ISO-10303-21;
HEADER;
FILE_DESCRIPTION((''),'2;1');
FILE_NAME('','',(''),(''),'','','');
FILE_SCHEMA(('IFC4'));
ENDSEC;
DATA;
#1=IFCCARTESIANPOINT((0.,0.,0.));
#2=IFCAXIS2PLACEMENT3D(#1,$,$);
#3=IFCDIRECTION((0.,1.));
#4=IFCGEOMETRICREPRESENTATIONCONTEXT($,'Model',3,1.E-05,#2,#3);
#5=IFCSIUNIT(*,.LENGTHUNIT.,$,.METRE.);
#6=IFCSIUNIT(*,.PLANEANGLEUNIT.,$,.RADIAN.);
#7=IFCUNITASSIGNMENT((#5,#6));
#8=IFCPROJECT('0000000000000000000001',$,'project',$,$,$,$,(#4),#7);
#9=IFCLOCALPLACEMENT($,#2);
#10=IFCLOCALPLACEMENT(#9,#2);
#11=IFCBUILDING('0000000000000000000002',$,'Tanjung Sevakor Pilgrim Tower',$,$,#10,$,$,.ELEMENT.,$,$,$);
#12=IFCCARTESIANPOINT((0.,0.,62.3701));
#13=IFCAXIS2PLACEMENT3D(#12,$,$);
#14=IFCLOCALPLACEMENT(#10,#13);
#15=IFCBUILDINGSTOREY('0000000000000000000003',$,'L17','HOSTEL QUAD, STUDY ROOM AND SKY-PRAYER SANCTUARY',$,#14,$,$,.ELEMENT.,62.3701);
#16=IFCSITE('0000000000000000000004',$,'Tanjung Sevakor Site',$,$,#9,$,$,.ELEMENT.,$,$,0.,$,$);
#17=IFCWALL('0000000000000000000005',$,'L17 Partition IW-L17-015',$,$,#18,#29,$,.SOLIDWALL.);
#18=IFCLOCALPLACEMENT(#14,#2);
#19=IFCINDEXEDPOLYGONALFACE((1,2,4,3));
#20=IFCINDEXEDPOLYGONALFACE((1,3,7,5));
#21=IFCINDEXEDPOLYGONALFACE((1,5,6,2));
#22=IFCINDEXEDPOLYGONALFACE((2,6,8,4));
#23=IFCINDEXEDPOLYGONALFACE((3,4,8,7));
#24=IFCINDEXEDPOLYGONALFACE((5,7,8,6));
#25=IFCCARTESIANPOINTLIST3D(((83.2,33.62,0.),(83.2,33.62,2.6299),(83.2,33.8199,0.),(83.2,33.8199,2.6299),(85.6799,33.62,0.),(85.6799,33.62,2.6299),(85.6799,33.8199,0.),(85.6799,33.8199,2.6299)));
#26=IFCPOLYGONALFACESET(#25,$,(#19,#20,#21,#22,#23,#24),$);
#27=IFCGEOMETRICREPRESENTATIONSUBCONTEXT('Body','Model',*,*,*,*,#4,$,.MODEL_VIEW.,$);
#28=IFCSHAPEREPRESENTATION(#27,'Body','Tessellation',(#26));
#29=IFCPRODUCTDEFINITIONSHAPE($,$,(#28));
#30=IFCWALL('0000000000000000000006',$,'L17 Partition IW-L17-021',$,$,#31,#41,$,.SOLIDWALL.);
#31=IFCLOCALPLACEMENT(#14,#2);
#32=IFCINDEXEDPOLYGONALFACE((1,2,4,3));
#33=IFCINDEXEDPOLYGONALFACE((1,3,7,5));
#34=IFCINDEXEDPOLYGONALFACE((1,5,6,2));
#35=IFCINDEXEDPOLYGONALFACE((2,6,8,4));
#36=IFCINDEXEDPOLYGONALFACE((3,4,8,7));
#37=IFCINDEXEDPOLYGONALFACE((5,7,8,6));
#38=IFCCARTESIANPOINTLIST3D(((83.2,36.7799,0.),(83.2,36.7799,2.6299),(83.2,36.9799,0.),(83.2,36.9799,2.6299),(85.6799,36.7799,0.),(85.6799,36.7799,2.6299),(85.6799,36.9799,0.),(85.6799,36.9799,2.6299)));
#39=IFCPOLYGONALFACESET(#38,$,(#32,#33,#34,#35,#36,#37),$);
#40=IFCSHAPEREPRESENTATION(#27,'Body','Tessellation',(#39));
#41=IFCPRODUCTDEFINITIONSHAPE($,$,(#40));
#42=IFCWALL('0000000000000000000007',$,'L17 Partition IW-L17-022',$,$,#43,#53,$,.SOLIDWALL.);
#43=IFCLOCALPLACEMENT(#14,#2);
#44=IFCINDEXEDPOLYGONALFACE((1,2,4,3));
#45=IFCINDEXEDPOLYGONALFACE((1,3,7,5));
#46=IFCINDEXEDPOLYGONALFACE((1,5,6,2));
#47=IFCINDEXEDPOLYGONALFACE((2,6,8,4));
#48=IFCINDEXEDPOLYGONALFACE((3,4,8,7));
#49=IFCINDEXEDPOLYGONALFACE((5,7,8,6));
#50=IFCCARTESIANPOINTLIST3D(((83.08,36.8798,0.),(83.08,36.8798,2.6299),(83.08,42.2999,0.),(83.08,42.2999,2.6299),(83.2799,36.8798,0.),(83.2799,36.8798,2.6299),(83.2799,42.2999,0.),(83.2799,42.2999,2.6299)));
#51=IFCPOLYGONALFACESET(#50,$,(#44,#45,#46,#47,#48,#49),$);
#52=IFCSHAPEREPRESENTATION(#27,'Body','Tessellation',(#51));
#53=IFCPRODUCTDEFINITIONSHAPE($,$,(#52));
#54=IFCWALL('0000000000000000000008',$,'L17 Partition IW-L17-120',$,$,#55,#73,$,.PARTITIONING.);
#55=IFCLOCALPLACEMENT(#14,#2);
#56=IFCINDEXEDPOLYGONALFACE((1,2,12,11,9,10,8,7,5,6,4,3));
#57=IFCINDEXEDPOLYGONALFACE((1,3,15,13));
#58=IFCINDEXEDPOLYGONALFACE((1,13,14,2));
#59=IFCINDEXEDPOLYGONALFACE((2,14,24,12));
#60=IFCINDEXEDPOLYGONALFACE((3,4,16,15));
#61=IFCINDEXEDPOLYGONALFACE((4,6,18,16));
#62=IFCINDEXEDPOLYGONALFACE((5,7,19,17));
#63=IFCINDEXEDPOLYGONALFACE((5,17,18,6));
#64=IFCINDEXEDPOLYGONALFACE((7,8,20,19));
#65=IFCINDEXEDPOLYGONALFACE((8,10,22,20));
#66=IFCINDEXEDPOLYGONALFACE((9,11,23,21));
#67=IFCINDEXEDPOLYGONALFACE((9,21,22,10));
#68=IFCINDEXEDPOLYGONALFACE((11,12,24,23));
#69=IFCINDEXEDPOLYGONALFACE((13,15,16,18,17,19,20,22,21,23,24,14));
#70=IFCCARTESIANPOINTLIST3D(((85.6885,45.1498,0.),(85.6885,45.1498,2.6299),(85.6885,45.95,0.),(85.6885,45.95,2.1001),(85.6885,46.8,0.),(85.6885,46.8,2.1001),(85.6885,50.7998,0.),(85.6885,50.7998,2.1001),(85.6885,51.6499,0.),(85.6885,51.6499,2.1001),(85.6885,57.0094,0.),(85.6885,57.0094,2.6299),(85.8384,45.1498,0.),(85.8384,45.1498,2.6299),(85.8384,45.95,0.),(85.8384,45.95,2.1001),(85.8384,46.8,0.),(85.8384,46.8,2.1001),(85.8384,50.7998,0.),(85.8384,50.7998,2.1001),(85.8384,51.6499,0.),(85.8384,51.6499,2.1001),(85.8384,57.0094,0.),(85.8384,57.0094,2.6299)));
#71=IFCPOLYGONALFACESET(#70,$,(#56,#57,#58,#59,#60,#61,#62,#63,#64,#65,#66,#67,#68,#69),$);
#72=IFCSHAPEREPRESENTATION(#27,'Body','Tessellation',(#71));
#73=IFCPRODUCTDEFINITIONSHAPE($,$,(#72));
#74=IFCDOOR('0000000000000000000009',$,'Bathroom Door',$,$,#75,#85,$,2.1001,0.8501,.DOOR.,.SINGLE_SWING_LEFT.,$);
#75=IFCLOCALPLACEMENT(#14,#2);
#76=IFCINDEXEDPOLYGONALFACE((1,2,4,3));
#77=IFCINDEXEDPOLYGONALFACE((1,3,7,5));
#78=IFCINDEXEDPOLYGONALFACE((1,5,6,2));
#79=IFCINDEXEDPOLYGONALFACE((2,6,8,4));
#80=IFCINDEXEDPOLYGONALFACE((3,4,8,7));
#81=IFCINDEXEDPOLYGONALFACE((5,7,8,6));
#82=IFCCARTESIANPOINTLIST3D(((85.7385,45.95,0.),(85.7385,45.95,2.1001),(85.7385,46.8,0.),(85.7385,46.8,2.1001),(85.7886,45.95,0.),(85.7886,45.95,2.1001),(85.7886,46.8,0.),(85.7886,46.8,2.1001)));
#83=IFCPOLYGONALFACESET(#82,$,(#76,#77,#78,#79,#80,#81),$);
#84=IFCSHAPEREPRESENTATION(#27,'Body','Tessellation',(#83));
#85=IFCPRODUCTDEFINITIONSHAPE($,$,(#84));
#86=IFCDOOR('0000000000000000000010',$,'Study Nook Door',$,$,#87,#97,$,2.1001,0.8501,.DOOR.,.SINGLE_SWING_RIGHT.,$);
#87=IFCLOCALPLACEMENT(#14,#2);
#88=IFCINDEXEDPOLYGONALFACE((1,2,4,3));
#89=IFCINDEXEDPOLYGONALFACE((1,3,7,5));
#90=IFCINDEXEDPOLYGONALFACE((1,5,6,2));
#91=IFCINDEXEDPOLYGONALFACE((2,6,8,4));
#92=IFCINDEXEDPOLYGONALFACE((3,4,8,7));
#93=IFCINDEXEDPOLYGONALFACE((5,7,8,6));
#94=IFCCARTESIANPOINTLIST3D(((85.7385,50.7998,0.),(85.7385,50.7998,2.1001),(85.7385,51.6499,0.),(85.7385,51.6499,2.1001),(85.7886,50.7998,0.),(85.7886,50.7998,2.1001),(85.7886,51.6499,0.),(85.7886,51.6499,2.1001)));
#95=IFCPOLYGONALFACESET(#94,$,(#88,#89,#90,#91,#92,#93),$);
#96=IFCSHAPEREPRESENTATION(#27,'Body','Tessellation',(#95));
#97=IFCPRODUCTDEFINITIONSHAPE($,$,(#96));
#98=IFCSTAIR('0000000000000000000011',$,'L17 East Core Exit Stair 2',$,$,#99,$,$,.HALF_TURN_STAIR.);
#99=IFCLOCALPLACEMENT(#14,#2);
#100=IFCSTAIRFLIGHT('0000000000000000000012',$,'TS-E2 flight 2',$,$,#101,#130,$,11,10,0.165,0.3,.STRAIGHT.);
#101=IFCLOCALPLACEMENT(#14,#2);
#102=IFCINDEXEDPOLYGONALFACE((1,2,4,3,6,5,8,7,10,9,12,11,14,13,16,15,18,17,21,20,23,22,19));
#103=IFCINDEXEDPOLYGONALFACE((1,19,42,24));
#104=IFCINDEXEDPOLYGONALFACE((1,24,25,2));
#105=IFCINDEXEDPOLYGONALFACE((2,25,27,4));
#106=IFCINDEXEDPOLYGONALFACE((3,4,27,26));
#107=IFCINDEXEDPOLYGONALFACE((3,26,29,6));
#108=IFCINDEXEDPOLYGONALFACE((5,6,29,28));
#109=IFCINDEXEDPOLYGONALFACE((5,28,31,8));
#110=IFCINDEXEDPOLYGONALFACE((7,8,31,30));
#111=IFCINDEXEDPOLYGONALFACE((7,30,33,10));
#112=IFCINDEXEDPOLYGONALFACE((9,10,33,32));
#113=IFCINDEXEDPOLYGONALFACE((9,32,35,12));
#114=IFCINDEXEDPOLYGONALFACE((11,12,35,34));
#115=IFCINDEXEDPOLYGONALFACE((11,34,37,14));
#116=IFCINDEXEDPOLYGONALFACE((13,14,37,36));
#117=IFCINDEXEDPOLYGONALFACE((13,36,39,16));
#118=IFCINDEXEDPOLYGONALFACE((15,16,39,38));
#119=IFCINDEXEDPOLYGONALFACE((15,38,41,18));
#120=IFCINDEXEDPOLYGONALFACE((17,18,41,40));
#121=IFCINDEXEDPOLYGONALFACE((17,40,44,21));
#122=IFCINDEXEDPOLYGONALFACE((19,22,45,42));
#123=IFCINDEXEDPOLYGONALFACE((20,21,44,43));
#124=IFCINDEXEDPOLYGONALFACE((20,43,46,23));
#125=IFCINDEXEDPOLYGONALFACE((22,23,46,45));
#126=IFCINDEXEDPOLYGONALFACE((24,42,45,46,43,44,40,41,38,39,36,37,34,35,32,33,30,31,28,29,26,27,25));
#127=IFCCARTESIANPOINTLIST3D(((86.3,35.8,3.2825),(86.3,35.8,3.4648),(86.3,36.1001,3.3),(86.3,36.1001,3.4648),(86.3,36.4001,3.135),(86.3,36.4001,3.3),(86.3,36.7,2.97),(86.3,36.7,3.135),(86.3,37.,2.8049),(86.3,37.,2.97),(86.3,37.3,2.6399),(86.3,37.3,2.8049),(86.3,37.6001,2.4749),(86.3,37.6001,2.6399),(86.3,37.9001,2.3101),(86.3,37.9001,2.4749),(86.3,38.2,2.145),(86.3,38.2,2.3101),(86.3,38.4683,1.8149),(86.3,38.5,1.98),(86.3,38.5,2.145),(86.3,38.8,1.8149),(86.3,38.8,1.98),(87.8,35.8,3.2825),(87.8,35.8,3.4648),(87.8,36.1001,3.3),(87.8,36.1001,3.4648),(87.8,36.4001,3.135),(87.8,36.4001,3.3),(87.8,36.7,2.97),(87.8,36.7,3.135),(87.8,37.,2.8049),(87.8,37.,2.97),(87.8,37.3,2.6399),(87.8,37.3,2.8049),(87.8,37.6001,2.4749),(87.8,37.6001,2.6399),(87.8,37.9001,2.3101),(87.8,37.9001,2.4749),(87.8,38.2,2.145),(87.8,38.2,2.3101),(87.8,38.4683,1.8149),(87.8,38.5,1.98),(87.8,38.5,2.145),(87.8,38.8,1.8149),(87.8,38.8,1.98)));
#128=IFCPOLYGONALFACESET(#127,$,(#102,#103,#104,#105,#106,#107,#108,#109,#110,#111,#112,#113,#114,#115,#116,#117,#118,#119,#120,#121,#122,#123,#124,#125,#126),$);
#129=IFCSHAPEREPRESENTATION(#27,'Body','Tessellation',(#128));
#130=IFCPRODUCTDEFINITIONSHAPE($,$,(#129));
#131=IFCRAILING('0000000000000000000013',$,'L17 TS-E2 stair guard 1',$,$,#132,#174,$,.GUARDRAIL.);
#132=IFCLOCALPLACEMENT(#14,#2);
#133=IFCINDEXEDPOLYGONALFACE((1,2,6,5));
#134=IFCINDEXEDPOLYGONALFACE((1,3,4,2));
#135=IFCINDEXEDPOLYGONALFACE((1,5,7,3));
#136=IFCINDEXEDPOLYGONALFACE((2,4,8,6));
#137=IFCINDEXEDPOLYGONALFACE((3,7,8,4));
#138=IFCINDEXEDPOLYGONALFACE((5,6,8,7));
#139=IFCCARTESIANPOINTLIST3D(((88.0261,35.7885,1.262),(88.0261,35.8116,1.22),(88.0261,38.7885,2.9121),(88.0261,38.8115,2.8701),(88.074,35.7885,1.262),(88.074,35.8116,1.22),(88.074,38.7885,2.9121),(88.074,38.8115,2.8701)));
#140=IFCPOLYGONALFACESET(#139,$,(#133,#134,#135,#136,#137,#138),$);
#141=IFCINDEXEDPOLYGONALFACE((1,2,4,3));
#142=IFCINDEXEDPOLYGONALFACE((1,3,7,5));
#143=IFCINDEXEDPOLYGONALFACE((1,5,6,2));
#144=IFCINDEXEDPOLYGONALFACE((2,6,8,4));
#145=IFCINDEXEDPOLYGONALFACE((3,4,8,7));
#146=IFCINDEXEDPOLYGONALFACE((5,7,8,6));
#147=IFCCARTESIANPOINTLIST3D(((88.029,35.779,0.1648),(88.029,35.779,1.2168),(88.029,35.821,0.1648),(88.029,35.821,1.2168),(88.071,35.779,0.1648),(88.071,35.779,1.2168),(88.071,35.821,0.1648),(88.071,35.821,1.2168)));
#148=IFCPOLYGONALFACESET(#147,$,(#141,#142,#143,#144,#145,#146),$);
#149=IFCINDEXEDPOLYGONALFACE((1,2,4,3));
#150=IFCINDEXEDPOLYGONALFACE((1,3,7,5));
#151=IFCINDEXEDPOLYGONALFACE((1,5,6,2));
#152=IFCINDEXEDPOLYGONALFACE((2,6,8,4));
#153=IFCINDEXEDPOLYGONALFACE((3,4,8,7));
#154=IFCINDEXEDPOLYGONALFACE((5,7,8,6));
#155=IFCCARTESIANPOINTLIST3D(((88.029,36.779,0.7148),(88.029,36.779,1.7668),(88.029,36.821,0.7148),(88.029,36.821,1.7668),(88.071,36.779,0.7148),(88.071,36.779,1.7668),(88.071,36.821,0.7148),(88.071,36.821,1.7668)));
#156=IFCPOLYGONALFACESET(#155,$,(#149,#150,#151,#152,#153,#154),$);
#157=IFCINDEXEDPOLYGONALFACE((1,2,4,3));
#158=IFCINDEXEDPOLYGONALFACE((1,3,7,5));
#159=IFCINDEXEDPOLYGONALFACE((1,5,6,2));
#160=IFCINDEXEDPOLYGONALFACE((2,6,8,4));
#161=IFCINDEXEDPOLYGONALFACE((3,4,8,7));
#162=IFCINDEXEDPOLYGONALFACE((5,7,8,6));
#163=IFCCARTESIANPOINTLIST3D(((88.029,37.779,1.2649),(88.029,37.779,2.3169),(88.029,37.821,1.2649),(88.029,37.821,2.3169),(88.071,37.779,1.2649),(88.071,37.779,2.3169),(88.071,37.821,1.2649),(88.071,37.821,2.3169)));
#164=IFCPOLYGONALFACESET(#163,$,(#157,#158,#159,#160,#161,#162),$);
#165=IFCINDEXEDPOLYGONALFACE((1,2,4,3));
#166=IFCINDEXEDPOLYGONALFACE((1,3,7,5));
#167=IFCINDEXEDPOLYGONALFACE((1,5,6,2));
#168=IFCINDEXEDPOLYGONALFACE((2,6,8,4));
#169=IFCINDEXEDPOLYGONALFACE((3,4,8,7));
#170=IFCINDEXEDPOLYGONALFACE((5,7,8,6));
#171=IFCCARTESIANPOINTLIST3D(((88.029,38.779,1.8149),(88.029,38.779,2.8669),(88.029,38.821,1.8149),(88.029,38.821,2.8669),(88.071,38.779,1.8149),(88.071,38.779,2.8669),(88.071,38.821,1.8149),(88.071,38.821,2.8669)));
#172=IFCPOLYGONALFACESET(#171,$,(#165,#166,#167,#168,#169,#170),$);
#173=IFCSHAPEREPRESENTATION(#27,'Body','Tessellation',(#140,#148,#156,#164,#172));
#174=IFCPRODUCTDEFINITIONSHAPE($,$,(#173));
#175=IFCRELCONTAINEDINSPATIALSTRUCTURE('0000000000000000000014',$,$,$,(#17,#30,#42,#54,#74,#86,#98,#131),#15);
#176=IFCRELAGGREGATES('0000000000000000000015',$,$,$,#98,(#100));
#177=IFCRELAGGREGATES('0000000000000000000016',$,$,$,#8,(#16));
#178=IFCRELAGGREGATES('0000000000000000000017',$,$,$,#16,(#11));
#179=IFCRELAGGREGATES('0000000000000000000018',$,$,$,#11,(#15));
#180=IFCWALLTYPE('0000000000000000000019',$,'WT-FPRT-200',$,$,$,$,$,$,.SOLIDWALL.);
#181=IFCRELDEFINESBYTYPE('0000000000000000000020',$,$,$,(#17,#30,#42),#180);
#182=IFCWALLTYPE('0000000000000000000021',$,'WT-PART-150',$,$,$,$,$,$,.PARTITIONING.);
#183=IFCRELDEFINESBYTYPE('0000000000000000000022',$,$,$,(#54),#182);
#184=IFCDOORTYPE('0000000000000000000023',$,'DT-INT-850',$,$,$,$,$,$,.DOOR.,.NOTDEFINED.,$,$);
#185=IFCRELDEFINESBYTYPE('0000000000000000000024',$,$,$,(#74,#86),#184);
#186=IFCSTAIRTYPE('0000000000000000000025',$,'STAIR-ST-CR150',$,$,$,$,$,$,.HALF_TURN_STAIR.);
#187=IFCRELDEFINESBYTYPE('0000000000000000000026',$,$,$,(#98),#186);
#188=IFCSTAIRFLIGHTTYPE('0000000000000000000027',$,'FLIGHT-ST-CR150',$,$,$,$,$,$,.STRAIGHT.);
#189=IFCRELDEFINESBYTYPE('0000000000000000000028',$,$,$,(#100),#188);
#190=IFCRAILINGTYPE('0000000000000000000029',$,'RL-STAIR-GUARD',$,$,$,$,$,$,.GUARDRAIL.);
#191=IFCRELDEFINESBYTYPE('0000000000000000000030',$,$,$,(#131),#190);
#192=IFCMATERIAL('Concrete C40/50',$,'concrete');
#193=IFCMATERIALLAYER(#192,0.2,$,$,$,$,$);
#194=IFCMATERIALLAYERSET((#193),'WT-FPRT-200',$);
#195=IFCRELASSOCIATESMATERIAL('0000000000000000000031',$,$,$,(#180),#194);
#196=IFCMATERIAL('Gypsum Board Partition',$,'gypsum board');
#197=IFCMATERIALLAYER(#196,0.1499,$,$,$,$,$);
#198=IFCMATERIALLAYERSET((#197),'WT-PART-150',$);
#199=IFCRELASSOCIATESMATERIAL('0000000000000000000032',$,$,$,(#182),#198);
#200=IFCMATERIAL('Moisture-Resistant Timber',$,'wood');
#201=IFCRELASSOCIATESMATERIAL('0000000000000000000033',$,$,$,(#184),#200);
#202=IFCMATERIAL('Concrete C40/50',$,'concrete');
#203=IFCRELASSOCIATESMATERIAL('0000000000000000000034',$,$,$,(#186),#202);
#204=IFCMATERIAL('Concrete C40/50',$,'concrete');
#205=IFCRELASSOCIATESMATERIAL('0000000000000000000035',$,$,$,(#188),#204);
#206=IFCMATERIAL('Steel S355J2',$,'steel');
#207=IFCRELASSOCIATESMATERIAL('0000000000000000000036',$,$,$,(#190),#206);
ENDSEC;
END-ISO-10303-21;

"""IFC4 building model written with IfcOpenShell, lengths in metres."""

from ifc_helpers import new_model, si_unit, direction, frame, frame_2d, origin, place, context, subcontext, project, spatial, polyline, rectangle, outline, extrude, material, layer, layer_set, type_object, element, fill, aggregate, save


model = new_model("IFC4")

# Units and contexts
model_context = context("Model", 3, precision=1e-05, world=origin(), true_north=direction((0.0, 1.0)))
body_context = subcontext(model_context, "Body", "Model", "MODEL_VIEW")
ifc_project = project(units=[si_unit("LENGTHUNIT", "METRE"), si_unit("PLANEANGLEUNIT", "RADIAN")], contexts=[model_context])

# Site, building, storey
site_placement = place(None, origin())
site = spatial("IfcSite", under=ifc_project, at=site_placement, Name="Tanjung Sevakor Site", CompositionType="ELEMENT", RefElevation=0.0)
building_placement = place(site_placement, origin())
building = spatial("IfcBuilding", under=site, at=building_placement, Name="Tanjung Sevakor Pilgrim Tower", CompositionType="ELEMENT")
storey_placement = place(building_placement, frame((0.0, 0.0, 62.3701)))
storey = spatial("IfcBuildingStorey", under=building, at=storey_placement, Name="L17", Description="HOSTEL QUAD, STUDY ROOM AND SKY-PRAYER SANCTUARY", CompositionType="ELEMENT", Elevation=62.3701)

# Walls
ifc_material_1 = material(Name="Concrete C40/50", Category="concrete")
ifc_layer_1 = layer(ifc_material_1, 0.2)
ifc_layer_set_1 = layer_set([ifc_layer_1], Name="WT-FPRT-200")
wall_type_1 = type_object("IfcWallType", Name="WT-FPRT-200", PredefinedType="SOLIDWALL", material=ifc_layer_set_1)
for number, where, z_axis, x_axis, name in (
    (1, (83.2, 33.72, 0.0), (0.0, 0.0, 1.0), (1.0, 0.0, 0.0), "L17 Partition IW-L17-015"),
    (2, (83.2, 36.8799, 0.0), (0.0, 0.0, 1.0), (1.0, 0.0, 0.0), "L17 Partition IW-L17-021"),
):
    element("IfcWall", number, at=place(storey_placement, frame(where, z_axis=z_axis, x_axis=x_axis)), inside=storey, type_object=wall_type_1, Name=name, PredefinedType="SOLIDWALL", context=body_context, shape_type="SweptSolid", body=[
        extrude(rectangle(XDim=2.48, YDim=0.2, at=frame_2d((1.24, 0.0))), origin(), (0.0, 0.0, 1.0), 2.6299),
    ])
wall_1_placement = place(storey_placement, frame((83.1799, 36.8799, 0.0), z_axis=(0.0, 0.0, 1.0), x_axis=(0.0, 1.0, 0.0)))
element("IfcWall", 3, at=wall_1_placement, inside=storey, type_object=wall_type_1, Name="L17 Partition IW-L17-022", PredefinedType="SOLIDWALL", context=body_context, shape_type="SweptSolid", body=[
    extrude(rectangle(XDim=5.4202, YDim=0.2, at=frame_2d((2.71, 0.0))), origin(), (0.0, 0.0, 1.0), 2.6299),
])

# Wall, openings, doors
ifc_material_2 = material(Name="Gypsum Board Partition", Category="gypsum board")
ifc_layer_2 = layer(ifc_material_2, 0.1499)
ifc_layer_set_2 = layer_set([ifc_layer_2], Name="WT-PART-150")
wall_type_2 = type_object("IfcWallType", Name="WT-PART-150", PredefinedType="PARTITIONING", material=ifc_layer_set_2)
wall_2_placement = place(storey_placement, frame((85.7634, 45.1499, 0.0), z_axis=(0.0, 0.0, 1.0), x_axis=(0.0, 1.0, 0.0)))
wall_2 = element("IfcWall", 4, at=wall_2_placement, inside=storey, type_object=wall_type_2, Name="L17 Partition IW-L17-120", PredefinedType="PARTITIONING", context=body_context, shape_type="SweptSolid", body=[
    extrude(rectangle(XDim=11.8596, YDim=0.1499, at=frame_2d((5.9297, 0.0))), origin(), (0.0, 0.0, 1.0), 2.6299),
])
opening_1_placement = place(wall_2_placement, frame((0.8, 0.0, 0.0)))
opening_1 = element("IfcOpeningElement", 5, at=opening_1_placement, cuts=wall_2, PredefinedType="OPENING", context=body_context, shape_type="SweptSolid", body=[
    extrude(rectangle(XDim=0.8501, YDim=2.1001, at=frame_2d((0.425, 1.05))), frame((0.0, 0.085, 0.0), z_axis=(0.0, -1.0, 0.0), x_axis=(1.0, 0.0, 0.0)), (0.0, 0.0, 1.0), 0.1699),
])
opening_2_placement = place(wall_2_placement, frame((5.6499, 0.0, 0.0)))
opening_2 = element("IfcOpeningElement", 6, at=opening_2_placement, cuts=wall_2, PredefinedType="OPENING", context=body_context, shape_type="SweptSolid", body=[
    extrude(rectangle(XDim=0.8501, YDim=2.1001, at=frame_2d((0.425, 1.05))), frame((0.0, 0.085, 0.0), z_axis=(0.0, -1.0, 0.0), x_axis=(1.0, 0.0, 0.0)), (0.0, 0.0, 1.0), 0.1699),
])
ifc_material_3 = material(Name="Moisture-Resistant Timber", Category="wood")
door_type_1 = type_object("IfcDoorType", Name="DT-INT-850", OperationType="NOTDEFINED", PredefinedType="DOOR", material=ifc_material_3)
door_1_placement = place(opening_1_placement, origin())
door_1 = element("IfcDoor", 7, at=door_1_placement, inside=storey, type_object=door_type_1, Name="Bathroom Door", OperationType="SINGLE_SWING_LEFT", OverallHeight=2.1001, OverallWidth=0.8501, PredefinedType="DOOR", context=body_context, shape_type="SweptSolid", body=[
    extrude(rectangle(XDim=0.8501, YDim=2.1001, at=frame_2d((0.425, 1.05))), frame((0.0, 0.0249, 0.0), z_axis=(0.0, -1.0, 0.0), x_axis=(1.0, 0.0, 0.0)), (0.0, 0.0, 1.0), 0.05),
])
fill(opening_1, door_1)
door_2_placement = place(opening_2_placement, origin())
door_2 = element("IfcDoor", 8, at=door_2_placement, inside=storey, type_object=door_type_1, Name="Study Nook Door", OperationType="SINGLE_SWING_RIGHT", OverallHeight=2.1001, OverallWidth=0.8501, PredefinedType="DOOR", context=body_context, shape_type="SweptSolid", body=[
    extrude(rectangle(XDim=0.8501, YDim=2.1001, at=frame_2d((0.425, 1.05))), frame((0.0, 0.0249, 0.0), z_axis=(0.0, -1.0, 0.0), x_axis=(1.0, 0.0, 0.0)), (0.0, 0.0, 1.0), 0.05),
])
fill(opening_2, door_2)

# Stair, stair flight
ifc_material_4 = material(Name="Concrete C40/50", Category="concrete")
stair_type = type_object("IfcStairType", Name="STAIR-ST-CR150", PredefinedType="HALF_TURN_STAIR", material=ifc_material_4)
stair_placement = place(storey_placement, origin())
stair = element("IfcStair", 9, at=stair_placement, inside=storey, type_object=stair_type, Name="L17 East Core Exit Stair 2", PredefinedType="HALF_TURN_STAIR")
ifc_material_5 = material(Name="Concrete C40/50", Category="concrete")
stair_flight_type = type_object("IfcStairFlightType", Name="FLIGHT-ST-CR150", PredefinedType="STRAIGHT", material=ifc_material_5)
stair_flight_placement = place(storey_placement, frame((87.05, 38.8, 1.8149), z_axis=(0.0, 0.0, 1.0), x_axis=(0.0, -1.0, 0.0)))
stair_flight = element("IfcStairFlight", 10, at=stair_flight_placement, type_object=stair_flight_type, Name="TS-E2 flight 2", NumberOfRisers=11, NumberOfTreads=10, PredefinedType="STRAIGHT", RiserHeight=0.165, TreadLength=0.3, context=body_context, shape_type="SweptSolid", body=[
    extrude(outline(polyline([(0.0, 0.0), (0.0, 0.165), (0.3, 0.165), (0.3, 0.3301), (0.6001, 0.3301), (0.6001, 0.4951), (0.8999, 0.4951), (0.8999, 0.6599), (1.2, 0.6599), (1.2, 0.825), (1.5, 0.825), (1.5, 0.99), (1.8, 0.99), (1.8, 1.155), (2.1001, 1.155), (2.1001, 1.3201), (2.3999, 1.3201), (2.3999, 1.4851), (2.7, 1.4851), (2.7, 1.6499), (3.0, 1.6499), (3.0, 1.8149), (3.0, 1.4675), (0.3318, 0.0), (0.0, 0.0)])), frame((0.0, 0.75, 0.0), z_axis=(0.0, -1.0, 0.0), x_axis=(1.0, 0.0, 0.0)), (0.0, 0.0, 1.0), 1.5),
])
aggregate(stair, [stair_flight])

# Railing
ifc_material_6 = material(Name="Steel S355J2", Category="steel")
railing_type_1 = type_object("IfcRailingType", Name="RL-STAIR-GUARD", PredefinedType="GUARDRAIL", material=ifc_material_6)
railing_1_placement = place(storey_placement, frame((88.05, 35.8, 0.1648)))
element("IfcRailing", 11, at=railing_1_placement, inside=storey, type_object=railing_type_1, Name="L17 TS-E2 stair guard 1", PredefinedType="GUARDRAIL", context=body_context, shape_type="SweptSolid", body=[
    extrude(rectangle(XDim=0.0479, YDim=0.0479), frame((0.0, 0.0, 1.0762), z_axis=(0.0, 0.876198, 0.481952), x_axis=(-1.0, 0.0, 0.0)), (0.0, 0.0, 1.0), 3.4238),
    extrude(rectangle(XDim=0.042, YDim=0.042), origin(), (0.0, 0.0, 1.0), 1.052),
    extrude(rectangle(XDim=0.042, YDim=0.042), frame((0.0, 1.0, 0.55)), (0.0, 0.0, 1.0), 1.052),
    extrude(rectangle(XDim=0.042, YDim=0.042), frame((0.0, 2.0, 1.1001)), (0.0, 0.0, 1.0), 1.052),
    extrude(rectangle(XDim=0.042, YDim=0.042), frame((0.0, 3.0, 1.6501)), (0.0, 0.0, 1.0), 1.052),
])

save(model, "model.ifc")
